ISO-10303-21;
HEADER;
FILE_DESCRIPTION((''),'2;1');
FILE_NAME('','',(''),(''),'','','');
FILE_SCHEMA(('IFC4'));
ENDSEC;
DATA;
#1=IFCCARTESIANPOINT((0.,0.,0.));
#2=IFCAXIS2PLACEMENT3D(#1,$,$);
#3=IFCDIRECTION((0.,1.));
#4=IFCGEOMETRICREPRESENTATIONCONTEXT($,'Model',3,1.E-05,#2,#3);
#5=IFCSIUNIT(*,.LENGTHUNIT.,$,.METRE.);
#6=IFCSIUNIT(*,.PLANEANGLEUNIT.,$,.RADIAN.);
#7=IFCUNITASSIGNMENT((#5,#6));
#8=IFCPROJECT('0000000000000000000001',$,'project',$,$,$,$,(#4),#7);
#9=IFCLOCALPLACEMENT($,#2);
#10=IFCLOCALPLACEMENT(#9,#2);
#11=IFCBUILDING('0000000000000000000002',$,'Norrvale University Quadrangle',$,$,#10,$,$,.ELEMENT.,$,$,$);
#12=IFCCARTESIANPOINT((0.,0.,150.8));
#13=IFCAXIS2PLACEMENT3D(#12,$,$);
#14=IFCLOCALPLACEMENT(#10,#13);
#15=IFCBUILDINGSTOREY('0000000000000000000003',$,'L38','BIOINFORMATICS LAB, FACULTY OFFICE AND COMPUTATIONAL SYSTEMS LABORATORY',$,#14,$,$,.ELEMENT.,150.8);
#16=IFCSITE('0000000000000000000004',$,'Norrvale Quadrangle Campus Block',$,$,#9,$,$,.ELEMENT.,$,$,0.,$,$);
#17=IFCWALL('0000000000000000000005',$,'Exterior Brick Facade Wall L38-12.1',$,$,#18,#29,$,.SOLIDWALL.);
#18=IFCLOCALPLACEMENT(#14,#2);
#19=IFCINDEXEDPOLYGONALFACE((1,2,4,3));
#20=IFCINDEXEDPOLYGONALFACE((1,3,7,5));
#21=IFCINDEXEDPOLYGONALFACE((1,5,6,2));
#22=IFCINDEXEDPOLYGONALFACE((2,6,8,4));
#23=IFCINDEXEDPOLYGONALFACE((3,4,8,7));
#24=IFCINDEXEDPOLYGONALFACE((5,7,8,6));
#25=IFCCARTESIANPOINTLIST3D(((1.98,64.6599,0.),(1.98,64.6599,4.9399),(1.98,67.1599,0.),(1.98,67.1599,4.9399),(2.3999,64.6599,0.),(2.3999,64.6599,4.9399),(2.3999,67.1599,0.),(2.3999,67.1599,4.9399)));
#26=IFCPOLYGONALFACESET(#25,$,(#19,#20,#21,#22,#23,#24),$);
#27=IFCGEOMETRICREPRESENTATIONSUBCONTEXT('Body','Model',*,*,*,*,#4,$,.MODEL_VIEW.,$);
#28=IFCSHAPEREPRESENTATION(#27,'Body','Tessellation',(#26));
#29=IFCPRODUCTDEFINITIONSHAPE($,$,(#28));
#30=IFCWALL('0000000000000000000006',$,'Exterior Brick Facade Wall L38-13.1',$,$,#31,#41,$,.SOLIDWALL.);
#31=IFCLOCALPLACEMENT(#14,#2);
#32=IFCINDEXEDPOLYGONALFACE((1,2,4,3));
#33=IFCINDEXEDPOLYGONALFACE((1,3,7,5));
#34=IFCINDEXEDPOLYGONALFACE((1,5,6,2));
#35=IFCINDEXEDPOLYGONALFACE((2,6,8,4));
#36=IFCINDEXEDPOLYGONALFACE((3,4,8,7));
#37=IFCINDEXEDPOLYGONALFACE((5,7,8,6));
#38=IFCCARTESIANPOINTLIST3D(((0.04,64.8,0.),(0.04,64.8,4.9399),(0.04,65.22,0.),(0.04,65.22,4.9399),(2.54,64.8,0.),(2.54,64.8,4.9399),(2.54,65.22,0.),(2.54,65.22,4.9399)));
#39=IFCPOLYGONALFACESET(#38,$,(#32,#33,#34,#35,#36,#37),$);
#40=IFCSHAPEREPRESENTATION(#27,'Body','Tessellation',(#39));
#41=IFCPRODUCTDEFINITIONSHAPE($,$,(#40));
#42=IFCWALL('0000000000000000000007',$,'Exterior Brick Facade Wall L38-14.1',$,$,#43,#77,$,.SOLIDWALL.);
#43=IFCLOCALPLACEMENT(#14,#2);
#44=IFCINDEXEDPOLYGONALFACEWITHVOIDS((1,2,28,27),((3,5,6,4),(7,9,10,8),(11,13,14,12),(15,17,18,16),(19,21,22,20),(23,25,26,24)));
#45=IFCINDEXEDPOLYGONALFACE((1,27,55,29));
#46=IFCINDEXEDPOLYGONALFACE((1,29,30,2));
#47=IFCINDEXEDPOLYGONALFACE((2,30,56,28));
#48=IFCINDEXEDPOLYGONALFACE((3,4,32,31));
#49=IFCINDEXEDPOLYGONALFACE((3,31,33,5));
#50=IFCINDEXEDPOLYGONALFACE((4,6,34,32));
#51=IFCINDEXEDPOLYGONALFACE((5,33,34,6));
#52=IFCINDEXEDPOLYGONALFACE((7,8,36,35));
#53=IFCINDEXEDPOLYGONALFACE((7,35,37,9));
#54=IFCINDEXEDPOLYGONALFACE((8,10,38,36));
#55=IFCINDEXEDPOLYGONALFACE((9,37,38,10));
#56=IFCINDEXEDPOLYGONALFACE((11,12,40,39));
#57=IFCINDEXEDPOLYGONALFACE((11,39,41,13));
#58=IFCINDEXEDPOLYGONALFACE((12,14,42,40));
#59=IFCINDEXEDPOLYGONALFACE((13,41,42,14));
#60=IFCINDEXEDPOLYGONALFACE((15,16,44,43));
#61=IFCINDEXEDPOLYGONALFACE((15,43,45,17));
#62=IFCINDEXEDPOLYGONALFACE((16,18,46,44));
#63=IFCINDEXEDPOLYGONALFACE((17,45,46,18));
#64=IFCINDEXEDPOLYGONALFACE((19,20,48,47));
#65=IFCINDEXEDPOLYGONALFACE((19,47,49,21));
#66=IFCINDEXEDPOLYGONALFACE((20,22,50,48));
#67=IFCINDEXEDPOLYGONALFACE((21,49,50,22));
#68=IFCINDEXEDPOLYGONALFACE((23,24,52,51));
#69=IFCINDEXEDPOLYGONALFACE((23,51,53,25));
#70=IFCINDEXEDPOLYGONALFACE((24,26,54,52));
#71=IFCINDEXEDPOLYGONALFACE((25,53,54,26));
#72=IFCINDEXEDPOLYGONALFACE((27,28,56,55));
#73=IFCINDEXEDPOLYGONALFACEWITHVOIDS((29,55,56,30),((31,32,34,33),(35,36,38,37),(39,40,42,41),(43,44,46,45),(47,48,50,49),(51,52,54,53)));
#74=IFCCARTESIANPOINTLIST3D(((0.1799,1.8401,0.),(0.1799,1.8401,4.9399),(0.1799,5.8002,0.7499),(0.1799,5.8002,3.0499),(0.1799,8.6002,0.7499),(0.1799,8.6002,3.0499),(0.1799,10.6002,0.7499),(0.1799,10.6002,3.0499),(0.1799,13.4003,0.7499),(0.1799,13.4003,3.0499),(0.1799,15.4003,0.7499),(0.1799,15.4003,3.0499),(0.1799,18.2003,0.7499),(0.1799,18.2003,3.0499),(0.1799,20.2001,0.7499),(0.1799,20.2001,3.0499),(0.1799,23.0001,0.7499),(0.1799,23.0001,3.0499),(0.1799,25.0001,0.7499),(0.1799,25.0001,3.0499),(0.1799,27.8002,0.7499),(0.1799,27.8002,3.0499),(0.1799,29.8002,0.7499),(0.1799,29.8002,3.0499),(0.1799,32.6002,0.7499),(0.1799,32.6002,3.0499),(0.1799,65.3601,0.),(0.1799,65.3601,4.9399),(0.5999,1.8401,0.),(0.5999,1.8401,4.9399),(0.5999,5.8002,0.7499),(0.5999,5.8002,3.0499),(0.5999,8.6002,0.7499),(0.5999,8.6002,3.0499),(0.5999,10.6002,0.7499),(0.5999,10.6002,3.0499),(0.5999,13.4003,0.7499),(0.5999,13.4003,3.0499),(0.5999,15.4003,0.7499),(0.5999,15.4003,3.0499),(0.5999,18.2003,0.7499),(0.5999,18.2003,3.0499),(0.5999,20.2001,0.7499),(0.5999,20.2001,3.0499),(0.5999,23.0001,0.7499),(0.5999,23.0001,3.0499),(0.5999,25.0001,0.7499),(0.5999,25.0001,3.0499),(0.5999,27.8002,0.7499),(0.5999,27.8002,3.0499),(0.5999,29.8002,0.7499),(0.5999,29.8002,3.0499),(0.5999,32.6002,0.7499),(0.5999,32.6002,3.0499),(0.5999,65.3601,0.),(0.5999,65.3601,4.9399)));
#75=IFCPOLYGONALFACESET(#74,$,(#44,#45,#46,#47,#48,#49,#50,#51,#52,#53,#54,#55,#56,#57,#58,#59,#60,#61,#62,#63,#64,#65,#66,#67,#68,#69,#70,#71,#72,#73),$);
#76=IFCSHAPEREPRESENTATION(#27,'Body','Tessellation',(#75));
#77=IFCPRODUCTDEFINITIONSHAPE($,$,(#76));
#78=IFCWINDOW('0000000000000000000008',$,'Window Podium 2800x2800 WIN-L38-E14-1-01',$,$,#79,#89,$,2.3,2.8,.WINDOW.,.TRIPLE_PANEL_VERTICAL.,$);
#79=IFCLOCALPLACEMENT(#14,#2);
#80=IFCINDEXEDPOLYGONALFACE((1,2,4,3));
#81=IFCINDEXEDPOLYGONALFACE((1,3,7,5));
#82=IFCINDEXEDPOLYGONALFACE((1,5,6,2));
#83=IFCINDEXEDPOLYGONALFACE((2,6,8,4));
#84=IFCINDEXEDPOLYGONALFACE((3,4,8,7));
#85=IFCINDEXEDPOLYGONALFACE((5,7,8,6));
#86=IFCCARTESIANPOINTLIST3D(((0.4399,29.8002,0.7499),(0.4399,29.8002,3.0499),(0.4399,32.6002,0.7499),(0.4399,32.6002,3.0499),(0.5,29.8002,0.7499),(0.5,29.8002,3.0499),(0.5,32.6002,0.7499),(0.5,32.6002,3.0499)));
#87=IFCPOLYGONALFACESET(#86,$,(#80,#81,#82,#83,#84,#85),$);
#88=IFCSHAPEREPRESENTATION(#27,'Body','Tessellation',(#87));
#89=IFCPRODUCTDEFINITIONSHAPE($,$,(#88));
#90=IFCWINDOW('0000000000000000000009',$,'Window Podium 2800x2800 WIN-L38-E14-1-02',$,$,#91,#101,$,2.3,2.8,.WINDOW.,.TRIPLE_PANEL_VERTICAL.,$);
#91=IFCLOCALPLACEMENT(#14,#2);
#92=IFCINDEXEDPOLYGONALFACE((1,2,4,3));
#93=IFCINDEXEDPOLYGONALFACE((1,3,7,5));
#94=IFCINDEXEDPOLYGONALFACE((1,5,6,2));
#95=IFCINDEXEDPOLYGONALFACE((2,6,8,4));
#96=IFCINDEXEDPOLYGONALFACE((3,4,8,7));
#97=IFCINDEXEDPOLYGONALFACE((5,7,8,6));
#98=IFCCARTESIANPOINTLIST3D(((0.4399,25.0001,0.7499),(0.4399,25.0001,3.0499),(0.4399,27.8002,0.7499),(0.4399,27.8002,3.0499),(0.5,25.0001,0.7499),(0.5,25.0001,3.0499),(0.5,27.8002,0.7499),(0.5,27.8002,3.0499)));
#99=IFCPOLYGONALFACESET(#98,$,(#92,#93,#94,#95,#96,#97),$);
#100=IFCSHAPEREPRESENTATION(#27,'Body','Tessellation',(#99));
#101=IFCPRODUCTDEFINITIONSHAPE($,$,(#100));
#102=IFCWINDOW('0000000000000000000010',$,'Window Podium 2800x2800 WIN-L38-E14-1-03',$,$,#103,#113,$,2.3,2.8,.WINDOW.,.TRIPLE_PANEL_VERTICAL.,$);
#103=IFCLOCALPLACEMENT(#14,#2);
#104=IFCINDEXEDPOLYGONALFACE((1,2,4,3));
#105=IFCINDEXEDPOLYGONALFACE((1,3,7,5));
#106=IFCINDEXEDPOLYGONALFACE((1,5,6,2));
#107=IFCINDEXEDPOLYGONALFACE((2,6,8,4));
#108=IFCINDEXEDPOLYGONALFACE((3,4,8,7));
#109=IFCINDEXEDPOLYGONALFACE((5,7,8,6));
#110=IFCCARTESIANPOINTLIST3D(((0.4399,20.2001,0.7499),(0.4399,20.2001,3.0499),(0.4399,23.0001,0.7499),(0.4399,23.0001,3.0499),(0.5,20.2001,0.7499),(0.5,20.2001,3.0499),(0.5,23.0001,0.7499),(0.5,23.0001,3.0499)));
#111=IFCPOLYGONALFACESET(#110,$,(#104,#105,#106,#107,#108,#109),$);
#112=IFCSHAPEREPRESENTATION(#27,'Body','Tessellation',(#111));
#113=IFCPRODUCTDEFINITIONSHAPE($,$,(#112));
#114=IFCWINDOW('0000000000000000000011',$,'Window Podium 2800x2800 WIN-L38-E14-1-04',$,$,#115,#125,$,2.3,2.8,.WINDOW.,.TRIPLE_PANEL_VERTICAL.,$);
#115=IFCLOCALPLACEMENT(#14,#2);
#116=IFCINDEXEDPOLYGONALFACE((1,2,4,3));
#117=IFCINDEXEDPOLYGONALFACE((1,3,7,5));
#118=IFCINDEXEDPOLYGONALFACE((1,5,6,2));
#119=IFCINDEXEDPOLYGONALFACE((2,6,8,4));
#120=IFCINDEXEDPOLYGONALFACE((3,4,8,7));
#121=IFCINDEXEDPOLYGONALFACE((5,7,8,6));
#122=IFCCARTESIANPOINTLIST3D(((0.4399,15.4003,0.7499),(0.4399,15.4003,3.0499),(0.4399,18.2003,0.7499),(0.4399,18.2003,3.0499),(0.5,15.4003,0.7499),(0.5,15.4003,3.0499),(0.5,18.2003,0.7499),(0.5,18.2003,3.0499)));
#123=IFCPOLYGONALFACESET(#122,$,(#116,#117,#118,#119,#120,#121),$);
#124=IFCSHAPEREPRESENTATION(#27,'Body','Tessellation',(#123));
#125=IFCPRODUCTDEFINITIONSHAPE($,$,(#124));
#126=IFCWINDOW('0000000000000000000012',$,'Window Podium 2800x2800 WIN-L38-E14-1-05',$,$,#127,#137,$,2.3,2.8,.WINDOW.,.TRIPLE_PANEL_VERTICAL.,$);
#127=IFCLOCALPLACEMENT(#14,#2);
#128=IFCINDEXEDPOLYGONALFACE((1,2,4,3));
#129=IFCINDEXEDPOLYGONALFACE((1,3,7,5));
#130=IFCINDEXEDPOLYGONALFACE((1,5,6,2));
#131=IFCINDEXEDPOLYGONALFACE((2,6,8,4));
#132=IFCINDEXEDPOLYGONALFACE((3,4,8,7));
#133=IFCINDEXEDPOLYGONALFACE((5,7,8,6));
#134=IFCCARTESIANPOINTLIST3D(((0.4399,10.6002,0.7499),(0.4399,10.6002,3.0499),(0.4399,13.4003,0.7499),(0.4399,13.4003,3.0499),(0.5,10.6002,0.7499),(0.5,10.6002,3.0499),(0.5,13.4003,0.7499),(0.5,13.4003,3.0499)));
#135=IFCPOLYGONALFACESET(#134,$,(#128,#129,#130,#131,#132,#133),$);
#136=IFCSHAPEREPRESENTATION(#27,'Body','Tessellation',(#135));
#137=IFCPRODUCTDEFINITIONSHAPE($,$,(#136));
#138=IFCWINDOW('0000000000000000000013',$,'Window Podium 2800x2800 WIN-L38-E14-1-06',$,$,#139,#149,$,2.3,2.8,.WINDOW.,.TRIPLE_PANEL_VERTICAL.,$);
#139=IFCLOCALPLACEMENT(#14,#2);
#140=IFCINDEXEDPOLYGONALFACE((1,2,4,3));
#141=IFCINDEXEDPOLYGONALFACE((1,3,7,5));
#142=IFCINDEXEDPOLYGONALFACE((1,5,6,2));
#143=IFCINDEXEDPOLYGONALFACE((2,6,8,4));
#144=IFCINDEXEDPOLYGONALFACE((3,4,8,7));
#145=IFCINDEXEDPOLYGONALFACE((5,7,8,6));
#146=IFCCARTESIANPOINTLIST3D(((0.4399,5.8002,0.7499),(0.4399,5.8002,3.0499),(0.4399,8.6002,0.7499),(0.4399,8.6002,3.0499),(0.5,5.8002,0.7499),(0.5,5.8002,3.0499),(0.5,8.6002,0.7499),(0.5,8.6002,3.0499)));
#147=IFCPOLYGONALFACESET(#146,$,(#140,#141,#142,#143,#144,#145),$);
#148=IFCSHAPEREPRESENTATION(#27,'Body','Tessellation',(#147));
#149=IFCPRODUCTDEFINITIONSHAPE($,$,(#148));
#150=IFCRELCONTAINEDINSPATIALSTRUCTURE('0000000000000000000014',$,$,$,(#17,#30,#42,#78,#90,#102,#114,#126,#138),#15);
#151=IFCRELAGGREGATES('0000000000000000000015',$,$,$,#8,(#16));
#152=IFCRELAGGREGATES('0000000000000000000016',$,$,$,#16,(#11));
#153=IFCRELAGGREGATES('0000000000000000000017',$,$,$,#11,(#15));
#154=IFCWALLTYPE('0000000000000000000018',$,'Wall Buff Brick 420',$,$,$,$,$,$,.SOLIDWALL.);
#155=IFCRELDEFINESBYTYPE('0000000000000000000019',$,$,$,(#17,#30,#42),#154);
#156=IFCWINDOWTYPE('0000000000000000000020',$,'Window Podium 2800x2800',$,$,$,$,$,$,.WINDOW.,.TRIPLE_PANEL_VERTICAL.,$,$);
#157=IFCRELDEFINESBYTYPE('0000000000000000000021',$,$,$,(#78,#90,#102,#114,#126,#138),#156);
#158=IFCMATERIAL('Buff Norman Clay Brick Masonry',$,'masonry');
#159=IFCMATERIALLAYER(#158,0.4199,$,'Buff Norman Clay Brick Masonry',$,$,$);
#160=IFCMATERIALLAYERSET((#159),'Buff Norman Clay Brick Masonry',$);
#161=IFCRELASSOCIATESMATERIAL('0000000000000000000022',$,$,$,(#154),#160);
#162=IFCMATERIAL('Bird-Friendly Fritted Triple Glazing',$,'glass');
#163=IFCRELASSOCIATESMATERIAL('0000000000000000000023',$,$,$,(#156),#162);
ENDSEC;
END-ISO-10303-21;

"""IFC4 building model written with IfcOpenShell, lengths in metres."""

from ifc_helpers import new_model, si_unit, direction, frame, frame_2d, origin, place, context, subcontext, project, spatial, rectangle, extrude, material, layer, layer_set, type_object, element, fill, save


model = new_model("IFC4")

# Units and contexts
model_context = context("Model", 3, precision=1e-05, world=origin(), true_north=direction((0.0, 1.0)))
body_context = subcontext(model_context, "Body", "Model", "MODEL_VIEW")
ifc_project = project(units=[si_unit("LENGTHUNIT", "METRE"), si_unit("PLANEANGLEUNIT", "RADIAN")], contexts=[model_context])

# Site, building, storey
site_placement = place(None, origin())
site = spatial("IfcSite", under=ifc_project, at=site_placement, Name="Norrvale Quadrangle Campus Block", CompositionType="ELEMENT", RefElevation=0.0)
building_placement = place(site_placement, origin())
building = spatial("IfcBuilding", under=site, at=building_placement, Name="Norrvale University Quadrangle", CompositionType="ELEMENT")
storey_placement = place(building_placement, frame((0.0, 0.0, 150.8)))
storey = spatial("IfcBuildingStorey", under=building, at=storey_placement, Name="L38", Description="BIOINFORMATICS LAB, FACULTY OFFICE AND COMPUTATIONAL SYSTEMS LABORATORY", CompositionType="ELEMENT", Elevation=150.8)

# Walls
ifc_material_1 = material(Name="Buff Norman Clay Brick Masonry", Category="masonry")
ifc_layer_1 = layer(ifc_material_1, 0.4199, Name="Buff Norman Clay Brick Masonry")
ifc_layer_set_1 = layer_set([ifc_layer_1], Name="Buff Norman Clay Brick Masonry")
wall_type = type_object("IfcWallType", Name="Wall Buff Brick 420", PredefinedType="SOLIDWALL", material=ifc_layer_set_1)
for number, where, z_axis, x_axis, name in (
    (1, (2.1899, 67.1599, 0.0), (0.0, 0.0, 1.0), (0.0, -1.0, 0.0), "Exterior Brick Facade Wall L38-12.1"),
    (2, (2.54, 65.01, 0.0), (0.0, 0.0, 1.0), (-1.0, 0.0, 0.0), "Exterior Brick Facade Wall L38-13.1"),
):
    element("IfcWall", number, at=place(storey_placement, frame(where, z_axis=z_axis, x_axis=x_axis)), inside=storey, type_object=wall_type, Name=name, PredefinedType="SOLIDWALL", context=body_context, shape_type="SweptSolid", body=[
        extrude(rectangle(XDim=2.5, YDim=0.4199, at=frame_2d((1.25, 0.0))), origin(), (0.0, 0.0, 1.0), 4.9399),
    ])

# Wall, openings, windows
wall_1_placement = place(storey_placement, frame((0.3899, 65.3601, 0.0), z_axis=(0.0, 0.0, 1.0), x_axis=(0.0, -1.0, 0.0)))
wall_1 = element("IfcWall", 3, at=wall_1_placement, inside=storey, type_object=wall_type, Name="Exterior Brick Facade Wall L38-14.1", PredefinedType="SOLIDWALL", context=body_context, shape_type="SweptSolid", body=[
    extrude(rectangle(XDim=63.52, YDim=0.4199, at=frame_2d((31.76, 0.0))), origin(), (0.0, 0.0, 1.0), 4.9399),
])
opening_1_placement = place(wall_1_placement, frame((32.76, 0.0, 0.75)))
opening_1 = element("IfcOpeningElement", 4, at=opening_1_placement, cuts=wall_1, PredefinedType="OPENING", context=body_context, shape_type="SweptSolid", body=[
    extrude(rectangle(XDim=2.8, YDim=2.3, at=frame_2d((1.3999, 1.1499))), frame((0.0, 0.2219, 0.0), z_axis=(0.0, -1.0, 0.0), x_axis=(1.0, 0.0, 0.0)), (0.0, 0.0, 1.0), 0.4438),
])
opening_2_placement = place(wall_1_placement, frame((37.5601, 0.0, 0.75)))
opening_2 = element("IfcOpeningElement", 5, at=opening_2_placement, cuts=wall_1, PredefinedType="OPENING", context=body_context, shape_type="SweptSolid", body=[
    extrude(rectangle(XDim=2.8, YDim=2.3, at=frame_2d((1.3999, 1.1499))), frame((0.0, 0.2219, 0.0), z_axis=(0.0, -1.0, 0.0), x_axis=(1.0, 0.0, 0.0)), (0.0, 0.0, 1.0), 0.4438),
])
opening_3_placement = place(wall_1_placement, frame((42.3601, 0.0, 0.75)))
opening_3 = element("IfcOpeningElement", 6, at=opening_3_placement, cuts=wall_1, PredefinedType="OPENING", context=body_context, shape_type="SweptSolid", body=[
    extrude(rectangle(XDim=2.8, YDim=2.3, at=frame_2d((1.3999, 1.1499))), frame((0.0, 0.2219, 0.0), z_axis=(0.0, -1.0, 0.0), x_axis=(1.0, 0.0, 0.0)), (0.0, 0.0, 1.0), 0.4438),
])
opening_4_placement = place(wall_1_placement, frame((47.1599, 0.0, 0.75)))
opening_4 = element("IfcOpeningElement", 7, at=opening_4_placement, cuts=wall_1, PredefinedType="OPENING", context=body_context, shape_type="SweptSolid", body=[
    extrude(rectangle(XDim=2.8, YDim=2.3, at=frame_2d((1.3999, 1.1499))), frame((0.0, 0.2219, 0.0), z_axis=(0.0, -1.0, 0.0), x_axis=(1.0, 0.0, 0.0)), (0.0, 0.0, 1.0), 0.4438),
])
opening_5_placement = place(wall_1_placement, frame((51.96, 0.0, 0.75)))
opening_5 = element("IfcOpeningElement", 8, at=opening_5_placement, cuts=wall_1, PredefinedType="OPENING", context=body_context, shape_type="SweptSolid", body=[
    extrude(rectangle(XDim=2.8, YDim=2.3, at=frame_2d((1.3999, 1.1499))), frame((0.0, 0.2219, 0.0), z_axis=(0.0, -1.0, 0.0), x_axis=(1.0, 0.0, 0.0)), (0.0, 0.0, 1.0), 0.4438),
])
opening_6_placement = place(wall_1_placement, frame((56.76, 0.0, 0.75)))
opening_6 = element("IfcOpeningElement", 9, at=opening_6_placement, cuts=wall_1, PredefinedType="OPENING", context=body_context, shape_type="SweptSolid", body=[
    extrude(rectangle(XDim=2.8, YDim=2.3, at=frame_2d((1.3999, 1.1499))), frame((0.0, 0.2219, 0.0), z_axis=(0.0, -1.0, 0.0), x_axis=(1.0, 0.0, 0.0)), (0.0, 0.0, 1.0), 0.4438),
])
ifc_material_2 = material(Name="Bird-Friendly Fritted Triple Glazing", Category="glass")
window_type = type_object("IfcWindowType", Name="Window Podium 2800x2800", PartitioningType="TRIPLE_PANEL_VERTICAL", PredefinedType="WINDOW", material=ifc_material_2)
window_1_placement = place(opening_1_placement, origin())
window_1 = element("IfcWindow", 10, at=window_1_placement, inside=storey, type_object=window_type, Name="Window Podium 2800x2800 WIN-L38-E14-1-01", OverallHeight=2.3, OverallWidth=2.8, PartitioningType="TRIPLE_PANEL_VERTICAL", PredefinedType="WINDOW", context=body_context, shape_type="SweptSolid", body=[
    extrude(rectangle(XDim=2.8, YDim=2.3, at=frame_2d((1.3999, 1.1499))), frame((0.0, 0.1101, 0.0), z_axis=(0.0, -1.0, 0.0), x_axis=(1.0, 0.0, 0.0)), (0.0, 0.0, 1.0), 0.0601),
])
fill(opening_1, window_1)
window_2_placement = place(opening_2_placement, origin())
window_2 = element("IfcWindow", 11, at=window_2_placement, inside=storey, type_object=window_type, Name="Window Podium 2800x2800 WIN-L38-E14-1-02", OverallHeight=2.3, OverallWidth=2.8, PartitioningType="TRIPLE_PANEL_VERTICAL", PredefinedType="WINDOW", context=body_context, shape_type="SweptSolid", body=[
    extrude(rectangle(XDim=2.8, YDim=2.3, at=frame_2d((1.3999, 1.1499))), frame((0.0, 0.1101, 0.0), z_axis=(0.0, -1.0, 0.0), x_axis=(1.0, 0.0, 0.0)), (0.0, 0.0, 1.0), 0.0601),
])
fill(opening_2, window_2)
window_3_placement = place(opening_3_placement, origin())
window_3 = element("IfcWindow", 12, at=window_3_placement, inside=storey, type_object=window_type, Name="Window Podium 2800x2800 WIN-L38-E14-1-03", OverallHeight=2.3, OverallWidth=2.8, PartitioningType="TRIPLE_PANEL_VERTICAL", PredefinedType="WINDOW", context=body_context, shape_type="SweptSolid", body=[
    extrude(rectangle(XDim=2.8, YDim=2.3, at=frame_2d((1.3999, 1.1499))), frame((0.0, 0.1101, 0.0), z_axis=(0.0, -1.0, 0.0), x_axis=(1.0, 0.0, 0.0)), (0.0, 0.0, 1.0), 0.0601),
])
fill(opening_3, window_3)
window_4_placement = place(opening_4_placement, origin())
window_4 = element("IfcWindow", 13, at=window_4_placement, inside=storey, type_object=window_type, Name="Window Podium 2800x2800 WIN-L38-E14-1-04", OverallHeight=2.3, OverallWidth=2.8, PartitioningType="TRIPLE_PANEL_VERTICAL", PredefinedType="WINDOW", context=body_context, shape_type="SweptSolid", body=[
    extrude(rectangle(XDim=2.8, YDim=2.3, at=frame_2d((1.3999, 1.1499))), frame((0.0, 0.1101, 0.0), z_axis=(0.0, -1.0, 0.0), x_axis=(1.0, 0.0, 0.0)), (0.0, 0.0, 1.0), 0.0601),
])
fill(opening_4, window_4)
window_5_placement = place(opening_5_placement, origin())
window_5 = element("IfcWindow", 14, at=window_5_placement, inside=storey, type_object=window_type, Name="Window Podium 2800x2800 WIN-L38-E14-1-05", OverallHeight=2.3, OverallWidth=2.8, PartitioningType="TRIPLE_PANEL_VERTICAL", PredefinedType="WINDOW", context=body_context, shape_type="SweptSolid", body=[
    extrude(rectangle(XDim=2.8, YDim=2.3, at=frame_2d((1.3999, 1.1499))), frame((0.0, 0.1101, 0.0), z_axis=(0.0, -1.0, 0.0), x_axis=(1.0, 0.0, 0.0)), (0.0, 0.0, 1.0), 0.0601),
])
fill(opening_5, window_5)
window_6_placement = place(opening_6_placement, origin())
window_6 = element("IfcWindow", 15, at=window_6_placement, inside=storey, type_object=window_type, Name="Window Podium 2800x2800 WIN-L38-E14-1-06", OverallHeight=2.3, OverallWidth=2.8, PartitioningType="TRIPLE_PANEL_VERTICAL", PredefinedType="WINDOW", context=body_context, shape_type="SweptSolid", body=[
    extrude(rectangle(XDim=2.8, YDim=2.3, at=frame_2d((1.3999, 1.1499))), frame((0.0, 0.1101, 0.0), z_axis=(0.0, -1.0, 0.0), x_axis=(1.0, 0.0, 0.0)), (0.0, 0.0, 1.0), 0.0601),
])
fill(opening_6, window_6)

save(model, "model.ifc")
